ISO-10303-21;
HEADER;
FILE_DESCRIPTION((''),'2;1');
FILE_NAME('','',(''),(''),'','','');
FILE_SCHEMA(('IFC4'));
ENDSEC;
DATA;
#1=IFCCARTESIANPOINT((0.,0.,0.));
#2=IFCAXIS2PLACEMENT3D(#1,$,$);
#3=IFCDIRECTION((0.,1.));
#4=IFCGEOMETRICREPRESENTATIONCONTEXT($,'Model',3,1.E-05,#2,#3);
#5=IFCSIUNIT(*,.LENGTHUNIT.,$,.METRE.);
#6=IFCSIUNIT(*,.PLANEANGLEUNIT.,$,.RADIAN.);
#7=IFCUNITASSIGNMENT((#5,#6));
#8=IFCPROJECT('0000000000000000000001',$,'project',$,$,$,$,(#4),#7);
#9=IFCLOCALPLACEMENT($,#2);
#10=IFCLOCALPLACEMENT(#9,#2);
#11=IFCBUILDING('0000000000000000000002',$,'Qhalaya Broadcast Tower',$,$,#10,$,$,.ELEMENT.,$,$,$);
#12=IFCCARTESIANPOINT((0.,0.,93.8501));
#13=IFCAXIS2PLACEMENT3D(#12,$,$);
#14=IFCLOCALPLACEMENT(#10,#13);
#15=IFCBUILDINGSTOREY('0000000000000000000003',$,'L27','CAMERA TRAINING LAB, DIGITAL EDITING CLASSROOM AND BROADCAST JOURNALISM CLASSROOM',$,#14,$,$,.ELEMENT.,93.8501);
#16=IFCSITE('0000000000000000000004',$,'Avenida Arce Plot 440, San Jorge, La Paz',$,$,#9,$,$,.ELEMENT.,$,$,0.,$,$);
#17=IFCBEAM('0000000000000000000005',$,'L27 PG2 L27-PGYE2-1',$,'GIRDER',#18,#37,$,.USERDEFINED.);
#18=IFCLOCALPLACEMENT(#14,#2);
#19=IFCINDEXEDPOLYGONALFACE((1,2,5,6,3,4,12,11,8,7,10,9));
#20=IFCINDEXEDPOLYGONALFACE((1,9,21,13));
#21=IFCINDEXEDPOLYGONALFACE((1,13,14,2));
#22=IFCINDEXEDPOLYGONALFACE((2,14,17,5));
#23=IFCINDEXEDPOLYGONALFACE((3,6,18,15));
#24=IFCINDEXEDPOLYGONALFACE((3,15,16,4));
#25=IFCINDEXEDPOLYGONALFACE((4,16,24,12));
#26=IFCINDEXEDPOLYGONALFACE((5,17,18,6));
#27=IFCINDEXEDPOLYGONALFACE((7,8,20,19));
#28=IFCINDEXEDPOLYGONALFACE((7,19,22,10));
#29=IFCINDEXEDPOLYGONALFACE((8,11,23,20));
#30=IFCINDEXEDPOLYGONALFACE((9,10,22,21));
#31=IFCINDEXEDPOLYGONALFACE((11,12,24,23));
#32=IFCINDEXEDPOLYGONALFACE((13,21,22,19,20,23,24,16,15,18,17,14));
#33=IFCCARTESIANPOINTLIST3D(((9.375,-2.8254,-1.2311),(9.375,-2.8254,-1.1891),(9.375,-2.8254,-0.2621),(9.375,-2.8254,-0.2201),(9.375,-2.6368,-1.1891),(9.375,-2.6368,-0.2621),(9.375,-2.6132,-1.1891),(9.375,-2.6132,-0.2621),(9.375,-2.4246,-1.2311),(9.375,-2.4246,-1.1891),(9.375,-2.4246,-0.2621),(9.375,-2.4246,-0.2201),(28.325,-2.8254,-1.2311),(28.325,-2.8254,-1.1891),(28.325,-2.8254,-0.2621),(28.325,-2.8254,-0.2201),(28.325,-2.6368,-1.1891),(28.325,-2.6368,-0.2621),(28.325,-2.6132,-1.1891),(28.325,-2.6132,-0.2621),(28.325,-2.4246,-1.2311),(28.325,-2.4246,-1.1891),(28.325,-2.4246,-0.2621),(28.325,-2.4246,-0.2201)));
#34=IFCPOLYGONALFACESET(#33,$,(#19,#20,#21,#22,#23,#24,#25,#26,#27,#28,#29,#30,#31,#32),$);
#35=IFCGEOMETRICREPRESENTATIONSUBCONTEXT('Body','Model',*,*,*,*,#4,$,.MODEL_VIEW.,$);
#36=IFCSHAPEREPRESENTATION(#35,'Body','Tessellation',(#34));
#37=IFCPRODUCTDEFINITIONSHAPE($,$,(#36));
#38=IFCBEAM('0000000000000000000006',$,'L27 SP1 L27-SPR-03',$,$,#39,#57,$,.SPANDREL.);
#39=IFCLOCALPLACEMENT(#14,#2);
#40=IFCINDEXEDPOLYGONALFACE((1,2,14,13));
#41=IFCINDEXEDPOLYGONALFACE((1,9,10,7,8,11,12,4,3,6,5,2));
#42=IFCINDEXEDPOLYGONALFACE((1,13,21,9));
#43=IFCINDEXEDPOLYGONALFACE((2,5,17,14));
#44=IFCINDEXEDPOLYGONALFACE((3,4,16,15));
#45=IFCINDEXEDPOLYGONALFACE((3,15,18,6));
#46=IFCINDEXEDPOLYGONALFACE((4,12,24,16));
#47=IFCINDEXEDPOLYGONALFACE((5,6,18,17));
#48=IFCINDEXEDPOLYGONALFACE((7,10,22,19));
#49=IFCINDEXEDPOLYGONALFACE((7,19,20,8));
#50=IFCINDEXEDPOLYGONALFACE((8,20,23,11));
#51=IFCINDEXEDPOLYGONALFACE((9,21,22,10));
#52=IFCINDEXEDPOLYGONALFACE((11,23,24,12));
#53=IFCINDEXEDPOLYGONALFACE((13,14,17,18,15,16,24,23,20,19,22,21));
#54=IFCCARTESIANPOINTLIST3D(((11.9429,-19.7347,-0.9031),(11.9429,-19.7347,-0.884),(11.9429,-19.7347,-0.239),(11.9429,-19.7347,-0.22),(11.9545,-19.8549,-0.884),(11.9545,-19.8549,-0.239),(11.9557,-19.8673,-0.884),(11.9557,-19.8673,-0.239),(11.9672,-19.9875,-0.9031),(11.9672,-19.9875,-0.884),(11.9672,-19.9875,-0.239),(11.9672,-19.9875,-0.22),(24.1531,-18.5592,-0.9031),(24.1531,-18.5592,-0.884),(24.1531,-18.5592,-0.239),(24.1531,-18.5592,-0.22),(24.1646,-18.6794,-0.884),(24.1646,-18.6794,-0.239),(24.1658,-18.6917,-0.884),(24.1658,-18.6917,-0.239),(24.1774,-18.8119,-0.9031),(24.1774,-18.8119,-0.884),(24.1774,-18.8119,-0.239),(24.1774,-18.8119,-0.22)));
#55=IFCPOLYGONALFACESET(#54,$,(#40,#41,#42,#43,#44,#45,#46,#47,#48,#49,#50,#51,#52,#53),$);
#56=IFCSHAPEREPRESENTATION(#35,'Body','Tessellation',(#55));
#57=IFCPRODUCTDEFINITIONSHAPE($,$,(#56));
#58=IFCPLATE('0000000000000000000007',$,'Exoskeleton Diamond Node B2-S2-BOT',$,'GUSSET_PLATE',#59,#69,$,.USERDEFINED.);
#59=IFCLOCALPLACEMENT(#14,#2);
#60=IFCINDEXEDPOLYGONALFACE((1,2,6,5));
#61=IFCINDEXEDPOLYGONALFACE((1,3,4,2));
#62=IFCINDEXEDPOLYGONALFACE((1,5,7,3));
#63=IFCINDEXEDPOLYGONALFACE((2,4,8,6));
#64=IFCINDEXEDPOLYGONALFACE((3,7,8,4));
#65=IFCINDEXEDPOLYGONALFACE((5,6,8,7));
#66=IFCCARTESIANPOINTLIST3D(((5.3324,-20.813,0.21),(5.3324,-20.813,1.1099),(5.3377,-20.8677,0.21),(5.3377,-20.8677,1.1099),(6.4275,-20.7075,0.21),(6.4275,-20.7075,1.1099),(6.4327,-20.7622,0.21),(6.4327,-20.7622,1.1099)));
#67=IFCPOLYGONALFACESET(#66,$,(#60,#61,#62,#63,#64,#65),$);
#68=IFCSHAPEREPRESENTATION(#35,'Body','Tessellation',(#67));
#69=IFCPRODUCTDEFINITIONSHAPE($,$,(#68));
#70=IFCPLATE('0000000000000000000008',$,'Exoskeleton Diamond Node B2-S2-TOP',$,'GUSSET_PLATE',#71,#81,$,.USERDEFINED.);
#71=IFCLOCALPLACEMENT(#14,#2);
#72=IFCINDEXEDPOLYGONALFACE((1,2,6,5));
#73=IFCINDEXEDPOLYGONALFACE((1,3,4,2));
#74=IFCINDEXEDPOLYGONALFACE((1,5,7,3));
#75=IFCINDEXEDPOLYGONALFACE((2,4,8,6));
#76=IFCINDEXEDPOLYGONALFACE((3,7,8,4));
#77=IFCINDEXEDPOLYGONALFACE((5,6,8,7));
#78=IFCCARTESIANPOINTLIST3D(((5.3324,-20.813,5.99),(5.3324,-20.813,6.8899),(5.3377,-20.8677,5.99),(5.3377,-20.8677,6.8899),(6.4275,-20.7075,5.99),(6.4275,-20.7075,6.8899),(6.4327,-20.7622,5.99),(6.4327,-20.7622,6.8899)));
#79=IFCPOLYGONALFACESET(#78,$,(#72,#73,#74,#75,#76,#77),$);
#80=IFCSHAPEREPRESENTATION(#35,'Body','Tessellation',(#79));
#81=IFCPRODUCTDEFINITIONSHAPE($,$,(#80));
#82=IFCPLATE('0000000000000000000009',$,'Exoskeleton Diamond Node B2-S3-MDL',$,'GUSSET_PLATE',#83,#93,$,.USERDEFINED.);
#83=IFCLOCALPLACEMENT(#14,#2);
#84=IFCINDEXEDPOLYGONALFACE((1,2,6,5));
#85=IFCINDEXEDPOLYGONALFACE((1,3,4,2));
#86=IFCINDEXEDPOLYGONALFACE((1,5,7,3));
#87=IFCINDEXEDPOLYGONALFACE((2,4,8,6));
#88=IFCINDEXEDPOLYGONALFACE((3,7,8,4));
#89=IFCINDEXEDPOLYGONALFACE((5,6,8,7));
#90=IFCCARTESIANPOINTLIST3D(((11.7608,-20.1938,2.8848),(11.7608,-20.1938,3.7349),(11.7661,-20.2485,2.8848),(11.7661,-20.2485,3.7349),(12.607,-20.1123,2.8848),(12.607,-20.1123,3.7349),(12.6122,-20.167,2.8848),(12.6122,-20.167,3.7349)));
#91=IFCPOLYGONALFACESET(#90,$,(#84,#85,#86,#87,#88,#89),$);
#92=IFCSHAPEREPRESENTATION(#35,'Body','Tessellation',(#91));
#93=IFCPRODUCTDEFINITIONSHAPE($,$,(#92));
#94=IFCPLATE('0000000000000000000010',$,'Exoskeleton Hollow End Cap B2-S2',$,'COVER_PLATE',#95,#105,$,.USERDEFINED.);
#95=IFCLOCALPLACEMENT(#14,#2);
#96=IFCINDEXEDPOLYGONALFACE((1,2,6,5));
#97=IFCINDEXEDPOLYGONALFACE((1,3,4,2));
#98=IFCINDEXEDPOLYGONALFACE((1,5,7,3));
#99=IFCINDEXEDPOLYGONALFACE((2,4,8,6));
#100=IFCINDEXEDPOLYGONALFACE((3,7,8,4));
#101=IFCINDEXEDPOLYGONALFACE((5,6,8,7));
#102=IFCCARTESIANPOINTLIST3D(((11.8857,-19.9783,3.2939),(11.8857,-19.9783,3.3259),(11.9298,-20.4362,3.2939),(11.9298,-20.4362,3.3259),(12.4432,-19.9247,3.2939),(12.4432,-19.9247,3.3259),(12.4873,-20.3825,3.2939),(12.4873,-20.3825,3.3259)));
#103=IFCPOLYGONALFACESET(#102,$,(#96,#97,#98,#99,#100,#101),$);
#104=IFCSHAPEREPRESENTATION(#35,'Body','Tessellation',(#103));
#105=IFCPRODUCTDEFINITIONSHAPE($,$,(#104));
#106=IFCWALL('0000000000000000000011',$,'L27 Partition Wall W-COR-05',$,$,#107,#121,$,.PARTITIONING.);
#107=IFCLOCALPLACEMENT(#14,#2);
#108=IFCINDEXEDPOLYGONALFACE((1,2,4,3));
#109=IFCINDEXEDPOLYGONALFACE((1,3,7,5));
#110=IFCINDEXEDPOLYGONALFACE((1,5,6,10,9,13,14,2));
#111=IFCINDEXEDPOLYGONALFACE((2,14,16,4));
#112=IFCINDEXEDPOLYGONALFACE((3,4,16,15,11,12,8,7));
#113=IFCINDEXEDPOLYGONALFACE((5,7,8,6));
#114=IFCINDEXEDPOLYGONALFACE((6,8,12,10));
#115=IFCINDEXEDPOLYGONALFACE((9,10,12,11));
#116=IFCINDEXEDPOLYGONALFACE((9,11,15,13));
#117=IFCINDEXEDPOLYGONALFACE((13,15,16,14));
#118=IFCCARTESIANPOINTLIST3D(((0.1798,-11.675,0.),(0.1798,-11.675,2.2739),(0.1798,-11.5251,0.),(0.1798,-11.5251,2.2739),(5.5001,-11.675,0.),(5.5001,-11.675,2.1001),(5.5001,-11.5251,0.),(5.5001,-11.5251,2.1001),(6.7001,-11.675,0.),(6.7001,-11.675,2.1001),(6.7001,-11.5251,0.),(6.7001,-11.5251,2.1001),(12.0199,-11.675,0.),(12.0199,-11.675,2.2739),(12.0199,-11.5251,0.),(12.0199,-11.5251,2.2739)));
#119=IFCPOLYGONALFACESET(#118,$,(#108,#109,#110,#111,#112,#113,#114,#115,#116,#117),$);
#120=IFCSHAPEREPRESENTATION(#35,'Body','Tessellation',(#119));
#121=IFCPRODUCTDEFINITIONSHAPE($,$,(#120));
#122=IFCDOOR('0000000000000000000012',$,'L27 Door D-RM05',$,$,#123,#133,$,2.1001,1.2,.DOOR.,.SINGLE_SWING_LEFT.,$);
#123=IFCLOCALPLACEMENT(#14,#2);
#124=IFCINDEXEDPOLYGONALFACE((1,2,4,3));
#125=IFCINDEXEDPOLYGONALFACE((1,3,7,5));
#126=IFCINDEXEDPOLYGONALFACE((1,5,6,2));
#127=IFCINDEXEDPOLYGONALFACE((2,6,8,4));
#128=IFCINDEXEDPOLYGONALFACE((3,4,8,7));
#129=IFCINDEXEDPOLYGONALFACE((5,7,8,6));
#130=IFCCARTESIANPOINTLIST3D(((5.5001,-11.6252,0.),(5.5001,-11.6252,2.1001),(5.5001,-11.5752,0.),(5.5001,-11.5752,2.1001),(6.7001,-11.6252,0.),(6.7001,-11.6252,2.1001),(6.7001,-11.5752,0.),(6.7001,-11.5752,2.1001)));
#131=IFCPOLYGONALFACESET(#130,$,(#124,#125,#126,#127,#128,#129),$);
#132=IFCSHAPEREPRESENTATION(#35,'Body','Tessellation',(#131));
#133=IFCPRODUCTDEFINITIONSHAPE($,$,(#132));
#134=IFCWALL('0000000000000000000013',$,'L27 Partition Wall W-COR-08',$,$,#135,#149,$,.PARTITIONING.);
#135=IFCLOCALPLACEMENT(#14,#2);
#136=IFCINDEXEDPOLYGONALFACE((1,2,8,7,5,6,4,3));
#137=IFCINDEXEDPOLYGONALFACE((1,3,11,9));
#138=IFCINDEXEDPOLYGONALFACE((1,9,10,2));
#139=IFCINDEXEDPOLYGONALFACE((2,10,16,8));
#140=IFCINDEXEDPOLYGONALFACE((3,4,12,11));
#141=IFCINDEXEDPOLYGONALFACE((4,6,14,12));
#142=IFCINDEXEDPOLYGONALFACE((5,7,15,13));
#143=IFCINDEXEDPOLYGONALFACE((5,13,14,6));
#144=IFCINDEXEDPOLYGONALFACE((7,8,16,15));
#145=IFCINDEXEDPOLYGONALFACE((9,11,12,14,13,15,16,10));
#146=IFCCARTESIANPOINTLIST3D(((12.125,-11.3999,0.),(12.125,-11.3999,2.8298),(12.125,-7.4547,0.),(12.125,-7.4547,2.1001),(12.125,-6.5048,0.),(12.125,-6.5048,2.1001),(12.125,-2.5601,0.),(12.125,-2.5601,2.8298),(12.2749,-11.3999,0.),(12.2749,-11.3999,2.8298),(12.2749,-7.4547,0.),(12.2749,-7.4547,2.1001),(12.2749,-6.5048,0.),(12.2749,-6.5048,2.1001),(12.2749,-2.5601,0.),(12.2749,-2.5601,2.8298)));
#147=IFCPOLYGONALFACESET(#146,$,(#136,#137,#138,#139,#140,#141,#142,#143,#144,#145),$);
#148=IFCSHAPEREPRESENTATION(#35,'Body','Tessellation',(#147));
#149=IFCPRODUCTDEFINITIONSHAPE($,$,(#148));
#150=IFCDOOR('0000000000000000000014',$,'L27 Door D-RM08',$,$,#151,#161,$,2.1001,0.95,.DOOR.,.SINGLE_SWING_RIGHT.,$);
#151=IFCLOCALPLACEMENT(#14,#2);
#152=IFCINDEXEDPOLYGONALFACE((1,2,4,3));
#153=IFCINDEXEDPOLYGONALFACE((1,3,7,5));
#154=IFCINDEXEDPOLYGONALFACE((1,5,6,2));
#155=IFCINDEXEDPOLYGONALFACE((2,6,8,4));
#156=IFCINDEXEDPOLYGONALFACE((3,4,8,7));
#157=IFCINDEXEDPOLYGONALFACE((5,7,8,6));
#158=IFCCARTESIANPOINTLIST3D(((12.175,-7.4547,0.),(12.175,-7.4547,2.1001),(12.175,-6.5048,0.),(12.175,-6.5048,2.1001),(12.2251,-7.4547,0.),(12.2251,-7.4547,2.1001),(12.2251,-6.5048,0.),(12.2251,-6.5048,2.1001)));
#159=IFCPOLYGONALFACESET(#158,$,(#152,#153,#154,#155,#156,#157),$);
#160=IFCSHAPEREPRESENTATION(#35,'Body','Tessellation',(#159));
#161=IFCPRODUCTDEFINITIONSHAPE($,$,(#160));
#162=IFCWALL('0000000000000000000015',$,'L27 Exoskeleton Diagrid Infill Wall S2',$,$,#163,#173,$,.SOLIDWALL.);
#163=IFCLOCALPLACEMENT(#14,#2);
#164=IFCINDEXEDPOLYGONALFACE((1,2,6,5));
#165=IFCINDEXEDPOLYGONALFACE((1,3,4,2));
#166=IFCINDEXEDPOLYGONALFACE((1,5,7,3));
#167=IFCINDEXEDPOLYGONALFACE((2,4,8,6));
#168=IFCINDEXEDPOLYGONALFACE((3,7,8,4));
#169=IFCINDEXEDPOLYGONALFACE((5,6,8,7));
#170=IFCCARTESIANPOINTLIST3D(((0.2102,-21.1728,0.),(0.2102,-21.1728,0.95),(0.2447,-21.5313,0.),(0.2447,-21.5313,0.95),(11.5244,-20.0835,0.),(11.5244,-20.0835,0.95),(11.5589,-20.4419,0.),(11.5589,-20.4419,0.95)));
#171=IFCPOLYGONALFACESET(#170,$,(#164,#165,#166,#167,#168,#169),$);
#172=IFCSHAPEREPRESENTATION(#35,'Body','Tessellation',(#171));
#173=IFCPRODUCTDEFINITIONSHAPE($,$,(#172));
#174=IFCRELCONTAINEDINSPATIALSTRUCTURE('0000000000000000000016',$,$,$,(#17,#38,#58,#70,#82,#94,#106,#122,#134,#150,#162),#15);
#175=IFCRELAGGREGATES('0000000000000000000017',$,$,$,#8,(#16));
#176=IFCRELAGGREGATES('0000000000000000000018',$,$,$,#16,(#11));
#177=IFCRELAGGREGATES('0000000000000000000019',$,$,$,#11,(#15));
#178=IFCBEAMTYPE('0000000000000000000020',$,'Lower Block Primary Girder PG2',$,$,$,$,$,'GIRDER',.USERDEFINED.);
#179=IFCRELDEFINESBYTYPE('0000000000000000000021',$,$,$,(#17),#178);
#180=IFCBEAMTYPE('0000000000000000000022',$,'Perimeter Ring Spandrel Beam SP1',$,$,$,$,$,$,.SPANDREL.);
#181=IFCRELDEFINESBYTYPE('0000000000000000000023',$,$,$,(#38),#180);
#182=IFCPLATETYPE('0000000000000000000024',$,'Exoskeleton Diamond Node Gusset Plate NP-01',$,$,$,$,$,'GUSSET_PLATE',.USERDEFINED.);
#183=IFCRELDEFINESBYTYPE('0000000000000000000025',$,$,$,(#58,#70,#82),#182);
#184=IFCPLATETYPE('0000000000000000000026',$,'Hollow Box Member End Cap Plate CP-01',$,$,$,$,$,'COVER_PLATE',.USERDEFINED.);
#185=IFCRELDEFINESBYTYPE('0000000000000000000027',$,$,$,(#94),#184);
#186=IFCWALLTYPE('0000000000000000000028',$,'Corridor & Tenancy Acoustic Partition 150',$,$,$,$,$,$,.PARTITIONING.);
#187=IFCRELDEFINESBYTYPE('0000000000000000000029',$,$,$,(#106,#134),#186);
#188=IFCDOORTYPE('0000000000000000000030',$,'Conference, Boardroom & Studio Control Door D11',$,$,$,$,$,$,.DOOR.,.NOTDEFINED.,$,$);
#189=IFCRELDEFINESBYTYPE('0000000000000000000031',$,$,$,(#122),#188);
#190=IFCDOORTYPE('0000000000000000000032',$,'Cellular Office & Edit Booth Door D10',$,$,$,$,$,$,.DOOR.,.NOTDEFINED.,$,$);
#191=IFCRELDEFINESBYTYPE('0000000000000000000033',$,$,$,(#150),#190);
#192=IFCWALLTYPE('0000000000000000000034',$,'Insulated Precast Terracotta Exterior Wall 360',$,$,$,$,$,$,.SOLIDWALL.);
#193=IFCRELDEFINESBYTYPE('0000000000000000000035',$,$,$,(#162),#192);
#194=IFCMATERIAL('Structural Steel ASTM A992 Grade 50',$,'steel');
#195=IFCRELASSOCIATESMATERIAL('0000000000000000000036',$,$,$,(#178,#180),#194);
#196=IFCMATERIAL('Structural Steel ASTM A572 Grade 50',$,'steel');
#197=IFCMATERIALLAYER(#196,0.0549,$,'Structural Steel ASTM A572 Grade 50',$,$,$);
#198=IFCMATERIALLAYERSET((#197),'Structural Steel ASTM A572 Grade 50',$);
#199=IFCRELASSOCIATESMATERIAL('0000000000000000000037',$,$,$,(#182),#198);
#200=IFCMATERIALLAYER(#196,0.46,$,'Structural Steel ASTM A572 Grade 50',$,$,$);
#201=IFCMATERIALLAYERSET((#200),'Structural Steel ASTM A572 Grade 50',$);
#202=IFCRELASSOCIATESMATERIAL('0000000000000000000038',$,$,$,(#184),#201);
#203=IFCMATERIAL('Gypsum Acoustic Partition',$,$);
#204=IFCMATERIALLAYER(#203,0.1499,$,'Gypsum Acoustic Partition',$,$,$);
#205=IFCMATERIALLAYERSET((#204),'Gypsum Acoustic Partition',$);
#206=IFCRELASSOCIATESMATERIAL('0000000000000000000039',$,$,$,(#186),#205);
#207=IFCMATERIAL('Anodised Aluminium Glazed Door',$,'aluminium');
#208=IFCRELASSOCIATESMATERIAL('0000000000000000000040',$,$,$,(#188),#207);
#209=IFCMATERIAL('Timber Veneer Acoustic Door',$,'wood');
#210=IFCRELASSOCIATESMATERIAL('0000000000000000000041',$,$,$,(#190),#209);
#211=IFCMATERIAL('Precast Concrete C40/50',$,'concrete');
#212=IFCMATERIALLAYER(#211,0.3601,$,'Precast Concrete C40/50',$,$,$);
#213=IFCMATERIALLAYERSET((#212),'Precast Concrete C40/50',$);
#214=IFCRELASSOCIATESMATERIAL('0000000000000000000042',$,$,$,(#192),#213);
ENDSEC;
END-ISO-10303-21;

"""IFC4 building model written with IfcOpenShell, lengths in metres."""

from ifc_helpers import new_model, si_unit, direction, frame, frame_2d, origin, origin_2d, place, context, subcontext, project, spatial, rectangle, i_section, extrude, material, layer, layer_set, material_profile, profile_set, type_object, element, fill, save


model = new_model("IFC4")

# Units and contexts
model_context = context("Model", 3, precision=1e-05, world=origin(), true_north=direction((0.0, 1.0)))
body_context = subcontext(model_context, "Body", "Model", "MODEL_VIEW")
ifc_project = project(units=[si_unit("LENGTHUNIT", "METRE"), si_unit("PLANEANGLEUNIT", "RADIAN")], contexts=[model_context])

# Site, building, storey
site_placement = place(None, origin())
site = spatial("IfcSite", under=ifc_project, at=site_placement, Name="Avenida Arce Plot 440, San Jorge, La Paz", CompositionType="ELEMENT", RefElevation=0.0)
building_placement = place(site_placement, origin())
building = spatial("IfcBuilding", under=site, at=building_placement, Name="Qhalaya Broadcast Tower", CompositionType="ELEMENT")
storey_placement = place(building_placement, frame((0.0, 0.0, 93.8501)))
storey = spatial("IfcBuildingStorey", under=building, at=storey_placement, Name="L27", Description="CAMERA TRAINING LAB, DIGITAL EDITING CLASSROOM AND BROADCAST JOURNALISM CLASSROOM", CompositionType="ELEMENT", Elevation=93.8501)

# Shared definitions
ifc_material_1 = material(Name="Structural Steel ASTM A572 Grade 50", Category="steel")

# Shared definitions
ifc_material_2 = material(Name="Structural Steel ASTM A992 Grade 50", Category="steel")

# Beams
ifc_material_profile_1 = material_profile(ifc_material_2, i_section(OverallWidth=0.4009, OverallDepth=1.011, WebThickness=0.0237, FlangeThickness=0.042, at=origin_2d()), Name="W40X297")
ifc_profile_set_1 = profile_set([ifc_material_profile_1], Name="Structural Steel ASTM A992 Grade 50")
beam_type_1 = type_object("IfcBeamType", Name="Lower Block Primary Girder PG2", ElementType="GIRDER", PredefinedType="USERDEFINED", material=ifc_profile_set_1)
beam_1_placement = place(storey_placement, frame((9.375, -2.625, -0.7256), z_axis=(1.0, 0.0, 0.0), x_axis=(0.0, 1.0, 0.0)))
element("IfcBeam", 1, at=beam_1_placement, inside=storey, type_object=beam_type_1, Name="L27 PG2 L27-PGYE2-1", ObjectType="GIRDER", PredefinedType="USERDEFINED", context=body_context, shape_type="SweptSolid", body=[
    extrude(i_section(OverallWidth=0.4009, OverallDepth=1.011, WebThickness=0.0237, FlangeThickness=0.042, at=origin_2d()), origin(), (0.0, 0.0, 1.0), 18.95),
])
ifc_material_profile_2 = material_profile(ifc_material_2, i_section(OverallWidth=0.2539, OverallDepth=0.6831, WebThickness=0.0125, FlangeThickness=0.019, at=origin_2d()), Name="W27X94")
ifc_profile_set_2 = profile_set([ifc_material_profile_2], Name="Structural Steel ASTM A992 Grade 50")
beam_type_2 = type_object("IfcBeamType", Name="Perimeter Ring Spandrel Beam SP1", PredefinedType="SPANDREL", material=ifc_profile_set_2)
beam_2_placement = place(storey_placement, frame((11.9551, -19.8611, -0.5615), z_axis=(0.995398, 0.095832, 0.0), x_axis=(-0.095832, 0.995398, 0.0)))
element("IfcBeam", 2, at=beam_2_placement, inside=storey, type_object=beam_type_2, Name="L27 SP1 L27-SPR-03", PredefinedType="SPANDREL", context=body_context, shape_type="SweptSolid", body=[
    extrude(i_section(OverallWidth=0.2539, OverallDepth=0.6831, WebThickness=0.0125, FlangeThickness=0.019, at=origin_2d()), origin(), (0.0, 0.0, 1.0), 12.2666),
])

# Plates
ifc_layer_1 = layer(ifc_material_1, 0.0549, Name="Structural Steel ASTM A572 Grade 50")
ifc_layer_set_1 = layer_set([ifc_layer_1], Name="Structural Steel ASTM A572 Grade 50")
plate_type_1 = type_object("IfcPlateType", Name="Exoskeleton Diamond Node Gusset Plate NP-01", ElementType="GUSSET_PLATE", PredefinedType="USERDEFINED", material=ifc_layer_set_1)
for number, where, z_axis, x_axis, name in (
    (3, (5.8826, -20.7876, 0.21), (0.0, 0.0, 1.0), (0.995396, 0.095846, 0.0), "Exoskeleton Diamond Node B2-S2-BOT"),
    (4, (5.8826, -20.7876, 5.99), (0.0, 0.0, 1.0), (0.995396, 0.095846, 0.0), "Exoskeleton Diamond Node B2-S2-TOP"),
):
    element("IfcPlate", number, at=place(storey_placement, frame(where, z_axis=z_axis, x_axis=x_axis)), inside=storey, type_object=plate_type_1, Name=name, ObjectType="GUSSET_PLATE", PredefinedType="USERDEFINED", context=body_context, shape_type="SweptSolid", body=[
        extrude(rectangle(XDim=1.1001, YDim=0.0549, at=origin_2d()), origin(), (0.0, 0.0, 1.0), 0.8999),
    ])
plate_1_placement = place(storey_placement, frame((12.1865, -20.1804, 2.8848), z_axis=(0.0, 0.0, 1.0), x_axis=(0.995396, 0.095846, 0.0)))
element("IfcPlate", 5, at=plate_1_placement, inside=storey, type_object=plate_type_1, Name="Exoskeleton Diamond Node B2-S3-MDL", ObjectType="GUSSET_PLATE", PredefinedType="USERDEFINED", context=body_context, shape_type="SweptSolid", body=[
    extrude(rectangle(XDim=0.8501, YDim=0.0549, at=origin_2d()), origin(), (0.0, 0.0, 1.0), 0.8501),
])
ifc_layer_2 = layer(ifc_material_1, 0.46, Name="Structural Steel ASTM A572 Grade 50")
ifc_layer_set_2 = layer_set([ifc_layer_2], Name="Structural Steel ASTM A572 Grade 50")
plate_type_2 = type_object("IfcPlateType", Name="Hollow Box Member End Cap Plate CP-01", ElementType="COVER_PLATE", PredefinedType="USERDEFINED", material=ifc_layer_set_2)
plate_2_placement = place(storey_placement, frame((12.1865, -20.1804, 3.2939), z_axis=(0.0, 0.0, 1.0), x_axis=(0.995396, 0.095846, 0.0)))
element("IfcPlate", 6, at=plate_2_placement, inside=storey, type_object=plate_type_2, Name="Exoskeleton Hollow End Cap B2-S2", ObjectType="COVER_PLATE", PredefinedType="USERDEFINED", context=body_context, shape_type="SweptSolid", body=[
    extrude(rectangle(XDim=0.5601, YDim=0.46, at=origin_2d()), origin(), (0.0, 0.0, 1.0), 0.032),
])

# Walls, openings, doors
ifc_material_3 = material(Name="Gypsum Acoustic Partition")
ifc_layer_3 = layer(ifc_material_3, 0.1499, Name="Gypsum Acoustic Partition")
ifc_layer_set_3 = layer_set([ifc_layer_3], Name="Gypsum Acoustic Partition")
wall_type_1 = type_object("IfcWallType", Name="Corridor & Tenancy Acoustic Partition 150", PredefinedType="PARTITIONING", material=ifc_layer_set_3)
wall_1_placement = place(storey_placement, frame((0.1799, -11.6001, 0.0), z_axis=(0.0, 0.0, 1.0), x_axis=(1.0, 0.0, 0.0)))
wall_1 = element("IfcWall", 7, at=wall_1_placement, inside=storey, type_object=wall_type_1, Name="L27 Partition Wall W-COR-05", PredefinedType="PARTITIONING", context=body_context, shape_type="SweptSolid", body=[
    extrude(rectangle(XDim=11.8401, YDim=0.1499, at=frame_2d((5.9199, 0.0))), origin(), (0.0, 0.0, 1.0), 2.2739),
])
opening_1_placement = place(wall_1_placement, frame((5.3201, 0.0, 0.0)))
opening_1 = element("IfcOpeningElement", 8, at=opening_1_placement, cuts=wall_1, PredefinedType="OPENING", context=body_context, shape_type="SweptSolid", body=[
    extrude(rectangle(XDim=1.2, YDim=2.1001, at=frame_2d((0.6001, 1.05))), frame((0.0, 0.0869, 0.0), z_axis=(0.0, -1.0, 0.0), x_axis=(1.0, 0.0, 0.0)), (0.0, 0.0, 1.0), 0.1738),
])
ifc_material_4 = material(Name="Anodised Aluminium Glazed Door", Category="aluminium")
door_type_1 = type_object("IfcDoorType", Name="Conference, Boardroom & Studio Control Door D11", OperationType="NOTDEFINED", PredefinedType="DOOR", material=ifc_material_4)
door_1_placement = place(opening_1_placement, origin())
door_1 = element("IfcDoor", 9, at=door_1_placement, inside=storey, type_object=door_type_1, Name="L27 Door D-RM05", OperationType="SINGLE_SWING_LEFT", OverallHeight=2.1001, OverallWidth=1.2, PredefinedType="DOOR", context=body_context, shape_type="SweptSolid", body=[
    extrude(rectangle(XDim=1.2, YDim=2.1001, at=frame_2d((0.6001, 1.05))), frame((0.0, 0.0249, 0.0), z_axis=(0.0, -1.0, 0.0), x_axis=(1.0, 0.0, 0.0)), (0.0, 0.0, 1.0), 0.05),
])
fill(opening_1, door_1)
wall_2_placement = place(storey_placement, frame((12.2, -11.3999, 0.0), z_axis=(0.0, 0.0, 1.0), x_axis=(0.0, 1.0, 0.0)))
wall_2 = element("IfcWall", 10, at=wall_2_placement, inside=storey, type_object=wall_type_1, Name="L27 Partition Wall W-COR-08", PredefinedType="PARTITIONING", context=body_context, shape_type="SweptSolid", body=[
    extrude(rectangle(XDim=8.8398, YDim=0.1499, at=frame_2d((4.4199, 0.0))), origin(), (0.0, 0.0, 1.0), 2.8298),
])
opening_2_placement = place(wall_2_placement, frame((3.9451, 0.0, 0.0)))
opening_2 = element("IfcOpeningElement", 11, at=opening_2_placement, cuts=wall_2, PredefinedType="OPENING", context=body_context, shape_type="SweptSolid", body=[
    extrude(rectangle(XDim=0.95, YDim=2.1001, at=frame_2d((0.4751, 1.05))), frame((0.0, 0.0869, 0.0), z_axis=(0.0, -1.0, 0.0), x_axis=(1.0, 0.0, 0.0)), (0.0, 0.0, 1.0), 0.1738),
])
ifc_material_5 = material(Name="Timber Veneer Acoustic Door", Category="wood")
door_type_2 = type_object("IfcDoorType", Name="Cellular Office & Edit Booth Door D10", OperationType="NOTDEFINED", PredefinedType="DOOR", material=ifc_material_5)
door_2_placement = place(opening_2_placement, origin())
door_2 = element("IfcDoor", 12, at=door_2_placement, inside=storey, type_object=door_type_2, Name="L27 Door D-RM08", OperationType="SINGLE_SWING_RIGHT", OverallHeight=2.1001, OverallWidth=0.95, PredefinedType="DOOR", context=body_context, shape_type="SweptSolid", body=[
    extrude(rectangle(XDim=0.95, YDim=2.1001, at=frame_2d((0.4751, 1.05))), frame((0.0, 0.0249, 0.0), z_axis=(0.0, -1.0, 0.0), x_axis=(1.0, 0.0, 0.0)), (0.0, 0.0, 1.0), 0.05),
])
fill(opening_2, door_2)

# Wall
ifc_material_6 = material(Name="Precast Concrete C40/50", Category="concrete")
ifc_layer_4 = layer(ifc_material_6, 0.3601, Name="Precast Concrete C40/50")
ifc_layer_set_4 = layer_set([ifc_layer_4], Name="Precast Concrete C40/50")
wall_type_2 = type_object("IfcWallType", Name="Insulated Precast Terracotta Exterior Wall 360", PredefinedType="SOLIDWALL", material=ifc_layer_set_4)
wall_3_placement = place(storey_placement, frame((11.5415, -20.2627, 0.0), z_axis=(0.0, 0.0, 1.0), x_axis=(-0.995397, -0.095839, 0.0)))
element("IfcWall", 13, at=wall_3_placement, inside=storey, type_object=wall_type_2, Name="L27 Exoskeleton Diagrid Infill Wall S2", PredefinedType="SOLIDWALL", context=body_context, shape_type="SweptSolid", body=[
    extrude(rectangle(XDim=11.3665, YDim=0.3601, at=frame_2d((5.6831, 0.0))), origin(), (0.0, 0.0, 1.0), 0.95),
])

save(model, "model.ifc")
